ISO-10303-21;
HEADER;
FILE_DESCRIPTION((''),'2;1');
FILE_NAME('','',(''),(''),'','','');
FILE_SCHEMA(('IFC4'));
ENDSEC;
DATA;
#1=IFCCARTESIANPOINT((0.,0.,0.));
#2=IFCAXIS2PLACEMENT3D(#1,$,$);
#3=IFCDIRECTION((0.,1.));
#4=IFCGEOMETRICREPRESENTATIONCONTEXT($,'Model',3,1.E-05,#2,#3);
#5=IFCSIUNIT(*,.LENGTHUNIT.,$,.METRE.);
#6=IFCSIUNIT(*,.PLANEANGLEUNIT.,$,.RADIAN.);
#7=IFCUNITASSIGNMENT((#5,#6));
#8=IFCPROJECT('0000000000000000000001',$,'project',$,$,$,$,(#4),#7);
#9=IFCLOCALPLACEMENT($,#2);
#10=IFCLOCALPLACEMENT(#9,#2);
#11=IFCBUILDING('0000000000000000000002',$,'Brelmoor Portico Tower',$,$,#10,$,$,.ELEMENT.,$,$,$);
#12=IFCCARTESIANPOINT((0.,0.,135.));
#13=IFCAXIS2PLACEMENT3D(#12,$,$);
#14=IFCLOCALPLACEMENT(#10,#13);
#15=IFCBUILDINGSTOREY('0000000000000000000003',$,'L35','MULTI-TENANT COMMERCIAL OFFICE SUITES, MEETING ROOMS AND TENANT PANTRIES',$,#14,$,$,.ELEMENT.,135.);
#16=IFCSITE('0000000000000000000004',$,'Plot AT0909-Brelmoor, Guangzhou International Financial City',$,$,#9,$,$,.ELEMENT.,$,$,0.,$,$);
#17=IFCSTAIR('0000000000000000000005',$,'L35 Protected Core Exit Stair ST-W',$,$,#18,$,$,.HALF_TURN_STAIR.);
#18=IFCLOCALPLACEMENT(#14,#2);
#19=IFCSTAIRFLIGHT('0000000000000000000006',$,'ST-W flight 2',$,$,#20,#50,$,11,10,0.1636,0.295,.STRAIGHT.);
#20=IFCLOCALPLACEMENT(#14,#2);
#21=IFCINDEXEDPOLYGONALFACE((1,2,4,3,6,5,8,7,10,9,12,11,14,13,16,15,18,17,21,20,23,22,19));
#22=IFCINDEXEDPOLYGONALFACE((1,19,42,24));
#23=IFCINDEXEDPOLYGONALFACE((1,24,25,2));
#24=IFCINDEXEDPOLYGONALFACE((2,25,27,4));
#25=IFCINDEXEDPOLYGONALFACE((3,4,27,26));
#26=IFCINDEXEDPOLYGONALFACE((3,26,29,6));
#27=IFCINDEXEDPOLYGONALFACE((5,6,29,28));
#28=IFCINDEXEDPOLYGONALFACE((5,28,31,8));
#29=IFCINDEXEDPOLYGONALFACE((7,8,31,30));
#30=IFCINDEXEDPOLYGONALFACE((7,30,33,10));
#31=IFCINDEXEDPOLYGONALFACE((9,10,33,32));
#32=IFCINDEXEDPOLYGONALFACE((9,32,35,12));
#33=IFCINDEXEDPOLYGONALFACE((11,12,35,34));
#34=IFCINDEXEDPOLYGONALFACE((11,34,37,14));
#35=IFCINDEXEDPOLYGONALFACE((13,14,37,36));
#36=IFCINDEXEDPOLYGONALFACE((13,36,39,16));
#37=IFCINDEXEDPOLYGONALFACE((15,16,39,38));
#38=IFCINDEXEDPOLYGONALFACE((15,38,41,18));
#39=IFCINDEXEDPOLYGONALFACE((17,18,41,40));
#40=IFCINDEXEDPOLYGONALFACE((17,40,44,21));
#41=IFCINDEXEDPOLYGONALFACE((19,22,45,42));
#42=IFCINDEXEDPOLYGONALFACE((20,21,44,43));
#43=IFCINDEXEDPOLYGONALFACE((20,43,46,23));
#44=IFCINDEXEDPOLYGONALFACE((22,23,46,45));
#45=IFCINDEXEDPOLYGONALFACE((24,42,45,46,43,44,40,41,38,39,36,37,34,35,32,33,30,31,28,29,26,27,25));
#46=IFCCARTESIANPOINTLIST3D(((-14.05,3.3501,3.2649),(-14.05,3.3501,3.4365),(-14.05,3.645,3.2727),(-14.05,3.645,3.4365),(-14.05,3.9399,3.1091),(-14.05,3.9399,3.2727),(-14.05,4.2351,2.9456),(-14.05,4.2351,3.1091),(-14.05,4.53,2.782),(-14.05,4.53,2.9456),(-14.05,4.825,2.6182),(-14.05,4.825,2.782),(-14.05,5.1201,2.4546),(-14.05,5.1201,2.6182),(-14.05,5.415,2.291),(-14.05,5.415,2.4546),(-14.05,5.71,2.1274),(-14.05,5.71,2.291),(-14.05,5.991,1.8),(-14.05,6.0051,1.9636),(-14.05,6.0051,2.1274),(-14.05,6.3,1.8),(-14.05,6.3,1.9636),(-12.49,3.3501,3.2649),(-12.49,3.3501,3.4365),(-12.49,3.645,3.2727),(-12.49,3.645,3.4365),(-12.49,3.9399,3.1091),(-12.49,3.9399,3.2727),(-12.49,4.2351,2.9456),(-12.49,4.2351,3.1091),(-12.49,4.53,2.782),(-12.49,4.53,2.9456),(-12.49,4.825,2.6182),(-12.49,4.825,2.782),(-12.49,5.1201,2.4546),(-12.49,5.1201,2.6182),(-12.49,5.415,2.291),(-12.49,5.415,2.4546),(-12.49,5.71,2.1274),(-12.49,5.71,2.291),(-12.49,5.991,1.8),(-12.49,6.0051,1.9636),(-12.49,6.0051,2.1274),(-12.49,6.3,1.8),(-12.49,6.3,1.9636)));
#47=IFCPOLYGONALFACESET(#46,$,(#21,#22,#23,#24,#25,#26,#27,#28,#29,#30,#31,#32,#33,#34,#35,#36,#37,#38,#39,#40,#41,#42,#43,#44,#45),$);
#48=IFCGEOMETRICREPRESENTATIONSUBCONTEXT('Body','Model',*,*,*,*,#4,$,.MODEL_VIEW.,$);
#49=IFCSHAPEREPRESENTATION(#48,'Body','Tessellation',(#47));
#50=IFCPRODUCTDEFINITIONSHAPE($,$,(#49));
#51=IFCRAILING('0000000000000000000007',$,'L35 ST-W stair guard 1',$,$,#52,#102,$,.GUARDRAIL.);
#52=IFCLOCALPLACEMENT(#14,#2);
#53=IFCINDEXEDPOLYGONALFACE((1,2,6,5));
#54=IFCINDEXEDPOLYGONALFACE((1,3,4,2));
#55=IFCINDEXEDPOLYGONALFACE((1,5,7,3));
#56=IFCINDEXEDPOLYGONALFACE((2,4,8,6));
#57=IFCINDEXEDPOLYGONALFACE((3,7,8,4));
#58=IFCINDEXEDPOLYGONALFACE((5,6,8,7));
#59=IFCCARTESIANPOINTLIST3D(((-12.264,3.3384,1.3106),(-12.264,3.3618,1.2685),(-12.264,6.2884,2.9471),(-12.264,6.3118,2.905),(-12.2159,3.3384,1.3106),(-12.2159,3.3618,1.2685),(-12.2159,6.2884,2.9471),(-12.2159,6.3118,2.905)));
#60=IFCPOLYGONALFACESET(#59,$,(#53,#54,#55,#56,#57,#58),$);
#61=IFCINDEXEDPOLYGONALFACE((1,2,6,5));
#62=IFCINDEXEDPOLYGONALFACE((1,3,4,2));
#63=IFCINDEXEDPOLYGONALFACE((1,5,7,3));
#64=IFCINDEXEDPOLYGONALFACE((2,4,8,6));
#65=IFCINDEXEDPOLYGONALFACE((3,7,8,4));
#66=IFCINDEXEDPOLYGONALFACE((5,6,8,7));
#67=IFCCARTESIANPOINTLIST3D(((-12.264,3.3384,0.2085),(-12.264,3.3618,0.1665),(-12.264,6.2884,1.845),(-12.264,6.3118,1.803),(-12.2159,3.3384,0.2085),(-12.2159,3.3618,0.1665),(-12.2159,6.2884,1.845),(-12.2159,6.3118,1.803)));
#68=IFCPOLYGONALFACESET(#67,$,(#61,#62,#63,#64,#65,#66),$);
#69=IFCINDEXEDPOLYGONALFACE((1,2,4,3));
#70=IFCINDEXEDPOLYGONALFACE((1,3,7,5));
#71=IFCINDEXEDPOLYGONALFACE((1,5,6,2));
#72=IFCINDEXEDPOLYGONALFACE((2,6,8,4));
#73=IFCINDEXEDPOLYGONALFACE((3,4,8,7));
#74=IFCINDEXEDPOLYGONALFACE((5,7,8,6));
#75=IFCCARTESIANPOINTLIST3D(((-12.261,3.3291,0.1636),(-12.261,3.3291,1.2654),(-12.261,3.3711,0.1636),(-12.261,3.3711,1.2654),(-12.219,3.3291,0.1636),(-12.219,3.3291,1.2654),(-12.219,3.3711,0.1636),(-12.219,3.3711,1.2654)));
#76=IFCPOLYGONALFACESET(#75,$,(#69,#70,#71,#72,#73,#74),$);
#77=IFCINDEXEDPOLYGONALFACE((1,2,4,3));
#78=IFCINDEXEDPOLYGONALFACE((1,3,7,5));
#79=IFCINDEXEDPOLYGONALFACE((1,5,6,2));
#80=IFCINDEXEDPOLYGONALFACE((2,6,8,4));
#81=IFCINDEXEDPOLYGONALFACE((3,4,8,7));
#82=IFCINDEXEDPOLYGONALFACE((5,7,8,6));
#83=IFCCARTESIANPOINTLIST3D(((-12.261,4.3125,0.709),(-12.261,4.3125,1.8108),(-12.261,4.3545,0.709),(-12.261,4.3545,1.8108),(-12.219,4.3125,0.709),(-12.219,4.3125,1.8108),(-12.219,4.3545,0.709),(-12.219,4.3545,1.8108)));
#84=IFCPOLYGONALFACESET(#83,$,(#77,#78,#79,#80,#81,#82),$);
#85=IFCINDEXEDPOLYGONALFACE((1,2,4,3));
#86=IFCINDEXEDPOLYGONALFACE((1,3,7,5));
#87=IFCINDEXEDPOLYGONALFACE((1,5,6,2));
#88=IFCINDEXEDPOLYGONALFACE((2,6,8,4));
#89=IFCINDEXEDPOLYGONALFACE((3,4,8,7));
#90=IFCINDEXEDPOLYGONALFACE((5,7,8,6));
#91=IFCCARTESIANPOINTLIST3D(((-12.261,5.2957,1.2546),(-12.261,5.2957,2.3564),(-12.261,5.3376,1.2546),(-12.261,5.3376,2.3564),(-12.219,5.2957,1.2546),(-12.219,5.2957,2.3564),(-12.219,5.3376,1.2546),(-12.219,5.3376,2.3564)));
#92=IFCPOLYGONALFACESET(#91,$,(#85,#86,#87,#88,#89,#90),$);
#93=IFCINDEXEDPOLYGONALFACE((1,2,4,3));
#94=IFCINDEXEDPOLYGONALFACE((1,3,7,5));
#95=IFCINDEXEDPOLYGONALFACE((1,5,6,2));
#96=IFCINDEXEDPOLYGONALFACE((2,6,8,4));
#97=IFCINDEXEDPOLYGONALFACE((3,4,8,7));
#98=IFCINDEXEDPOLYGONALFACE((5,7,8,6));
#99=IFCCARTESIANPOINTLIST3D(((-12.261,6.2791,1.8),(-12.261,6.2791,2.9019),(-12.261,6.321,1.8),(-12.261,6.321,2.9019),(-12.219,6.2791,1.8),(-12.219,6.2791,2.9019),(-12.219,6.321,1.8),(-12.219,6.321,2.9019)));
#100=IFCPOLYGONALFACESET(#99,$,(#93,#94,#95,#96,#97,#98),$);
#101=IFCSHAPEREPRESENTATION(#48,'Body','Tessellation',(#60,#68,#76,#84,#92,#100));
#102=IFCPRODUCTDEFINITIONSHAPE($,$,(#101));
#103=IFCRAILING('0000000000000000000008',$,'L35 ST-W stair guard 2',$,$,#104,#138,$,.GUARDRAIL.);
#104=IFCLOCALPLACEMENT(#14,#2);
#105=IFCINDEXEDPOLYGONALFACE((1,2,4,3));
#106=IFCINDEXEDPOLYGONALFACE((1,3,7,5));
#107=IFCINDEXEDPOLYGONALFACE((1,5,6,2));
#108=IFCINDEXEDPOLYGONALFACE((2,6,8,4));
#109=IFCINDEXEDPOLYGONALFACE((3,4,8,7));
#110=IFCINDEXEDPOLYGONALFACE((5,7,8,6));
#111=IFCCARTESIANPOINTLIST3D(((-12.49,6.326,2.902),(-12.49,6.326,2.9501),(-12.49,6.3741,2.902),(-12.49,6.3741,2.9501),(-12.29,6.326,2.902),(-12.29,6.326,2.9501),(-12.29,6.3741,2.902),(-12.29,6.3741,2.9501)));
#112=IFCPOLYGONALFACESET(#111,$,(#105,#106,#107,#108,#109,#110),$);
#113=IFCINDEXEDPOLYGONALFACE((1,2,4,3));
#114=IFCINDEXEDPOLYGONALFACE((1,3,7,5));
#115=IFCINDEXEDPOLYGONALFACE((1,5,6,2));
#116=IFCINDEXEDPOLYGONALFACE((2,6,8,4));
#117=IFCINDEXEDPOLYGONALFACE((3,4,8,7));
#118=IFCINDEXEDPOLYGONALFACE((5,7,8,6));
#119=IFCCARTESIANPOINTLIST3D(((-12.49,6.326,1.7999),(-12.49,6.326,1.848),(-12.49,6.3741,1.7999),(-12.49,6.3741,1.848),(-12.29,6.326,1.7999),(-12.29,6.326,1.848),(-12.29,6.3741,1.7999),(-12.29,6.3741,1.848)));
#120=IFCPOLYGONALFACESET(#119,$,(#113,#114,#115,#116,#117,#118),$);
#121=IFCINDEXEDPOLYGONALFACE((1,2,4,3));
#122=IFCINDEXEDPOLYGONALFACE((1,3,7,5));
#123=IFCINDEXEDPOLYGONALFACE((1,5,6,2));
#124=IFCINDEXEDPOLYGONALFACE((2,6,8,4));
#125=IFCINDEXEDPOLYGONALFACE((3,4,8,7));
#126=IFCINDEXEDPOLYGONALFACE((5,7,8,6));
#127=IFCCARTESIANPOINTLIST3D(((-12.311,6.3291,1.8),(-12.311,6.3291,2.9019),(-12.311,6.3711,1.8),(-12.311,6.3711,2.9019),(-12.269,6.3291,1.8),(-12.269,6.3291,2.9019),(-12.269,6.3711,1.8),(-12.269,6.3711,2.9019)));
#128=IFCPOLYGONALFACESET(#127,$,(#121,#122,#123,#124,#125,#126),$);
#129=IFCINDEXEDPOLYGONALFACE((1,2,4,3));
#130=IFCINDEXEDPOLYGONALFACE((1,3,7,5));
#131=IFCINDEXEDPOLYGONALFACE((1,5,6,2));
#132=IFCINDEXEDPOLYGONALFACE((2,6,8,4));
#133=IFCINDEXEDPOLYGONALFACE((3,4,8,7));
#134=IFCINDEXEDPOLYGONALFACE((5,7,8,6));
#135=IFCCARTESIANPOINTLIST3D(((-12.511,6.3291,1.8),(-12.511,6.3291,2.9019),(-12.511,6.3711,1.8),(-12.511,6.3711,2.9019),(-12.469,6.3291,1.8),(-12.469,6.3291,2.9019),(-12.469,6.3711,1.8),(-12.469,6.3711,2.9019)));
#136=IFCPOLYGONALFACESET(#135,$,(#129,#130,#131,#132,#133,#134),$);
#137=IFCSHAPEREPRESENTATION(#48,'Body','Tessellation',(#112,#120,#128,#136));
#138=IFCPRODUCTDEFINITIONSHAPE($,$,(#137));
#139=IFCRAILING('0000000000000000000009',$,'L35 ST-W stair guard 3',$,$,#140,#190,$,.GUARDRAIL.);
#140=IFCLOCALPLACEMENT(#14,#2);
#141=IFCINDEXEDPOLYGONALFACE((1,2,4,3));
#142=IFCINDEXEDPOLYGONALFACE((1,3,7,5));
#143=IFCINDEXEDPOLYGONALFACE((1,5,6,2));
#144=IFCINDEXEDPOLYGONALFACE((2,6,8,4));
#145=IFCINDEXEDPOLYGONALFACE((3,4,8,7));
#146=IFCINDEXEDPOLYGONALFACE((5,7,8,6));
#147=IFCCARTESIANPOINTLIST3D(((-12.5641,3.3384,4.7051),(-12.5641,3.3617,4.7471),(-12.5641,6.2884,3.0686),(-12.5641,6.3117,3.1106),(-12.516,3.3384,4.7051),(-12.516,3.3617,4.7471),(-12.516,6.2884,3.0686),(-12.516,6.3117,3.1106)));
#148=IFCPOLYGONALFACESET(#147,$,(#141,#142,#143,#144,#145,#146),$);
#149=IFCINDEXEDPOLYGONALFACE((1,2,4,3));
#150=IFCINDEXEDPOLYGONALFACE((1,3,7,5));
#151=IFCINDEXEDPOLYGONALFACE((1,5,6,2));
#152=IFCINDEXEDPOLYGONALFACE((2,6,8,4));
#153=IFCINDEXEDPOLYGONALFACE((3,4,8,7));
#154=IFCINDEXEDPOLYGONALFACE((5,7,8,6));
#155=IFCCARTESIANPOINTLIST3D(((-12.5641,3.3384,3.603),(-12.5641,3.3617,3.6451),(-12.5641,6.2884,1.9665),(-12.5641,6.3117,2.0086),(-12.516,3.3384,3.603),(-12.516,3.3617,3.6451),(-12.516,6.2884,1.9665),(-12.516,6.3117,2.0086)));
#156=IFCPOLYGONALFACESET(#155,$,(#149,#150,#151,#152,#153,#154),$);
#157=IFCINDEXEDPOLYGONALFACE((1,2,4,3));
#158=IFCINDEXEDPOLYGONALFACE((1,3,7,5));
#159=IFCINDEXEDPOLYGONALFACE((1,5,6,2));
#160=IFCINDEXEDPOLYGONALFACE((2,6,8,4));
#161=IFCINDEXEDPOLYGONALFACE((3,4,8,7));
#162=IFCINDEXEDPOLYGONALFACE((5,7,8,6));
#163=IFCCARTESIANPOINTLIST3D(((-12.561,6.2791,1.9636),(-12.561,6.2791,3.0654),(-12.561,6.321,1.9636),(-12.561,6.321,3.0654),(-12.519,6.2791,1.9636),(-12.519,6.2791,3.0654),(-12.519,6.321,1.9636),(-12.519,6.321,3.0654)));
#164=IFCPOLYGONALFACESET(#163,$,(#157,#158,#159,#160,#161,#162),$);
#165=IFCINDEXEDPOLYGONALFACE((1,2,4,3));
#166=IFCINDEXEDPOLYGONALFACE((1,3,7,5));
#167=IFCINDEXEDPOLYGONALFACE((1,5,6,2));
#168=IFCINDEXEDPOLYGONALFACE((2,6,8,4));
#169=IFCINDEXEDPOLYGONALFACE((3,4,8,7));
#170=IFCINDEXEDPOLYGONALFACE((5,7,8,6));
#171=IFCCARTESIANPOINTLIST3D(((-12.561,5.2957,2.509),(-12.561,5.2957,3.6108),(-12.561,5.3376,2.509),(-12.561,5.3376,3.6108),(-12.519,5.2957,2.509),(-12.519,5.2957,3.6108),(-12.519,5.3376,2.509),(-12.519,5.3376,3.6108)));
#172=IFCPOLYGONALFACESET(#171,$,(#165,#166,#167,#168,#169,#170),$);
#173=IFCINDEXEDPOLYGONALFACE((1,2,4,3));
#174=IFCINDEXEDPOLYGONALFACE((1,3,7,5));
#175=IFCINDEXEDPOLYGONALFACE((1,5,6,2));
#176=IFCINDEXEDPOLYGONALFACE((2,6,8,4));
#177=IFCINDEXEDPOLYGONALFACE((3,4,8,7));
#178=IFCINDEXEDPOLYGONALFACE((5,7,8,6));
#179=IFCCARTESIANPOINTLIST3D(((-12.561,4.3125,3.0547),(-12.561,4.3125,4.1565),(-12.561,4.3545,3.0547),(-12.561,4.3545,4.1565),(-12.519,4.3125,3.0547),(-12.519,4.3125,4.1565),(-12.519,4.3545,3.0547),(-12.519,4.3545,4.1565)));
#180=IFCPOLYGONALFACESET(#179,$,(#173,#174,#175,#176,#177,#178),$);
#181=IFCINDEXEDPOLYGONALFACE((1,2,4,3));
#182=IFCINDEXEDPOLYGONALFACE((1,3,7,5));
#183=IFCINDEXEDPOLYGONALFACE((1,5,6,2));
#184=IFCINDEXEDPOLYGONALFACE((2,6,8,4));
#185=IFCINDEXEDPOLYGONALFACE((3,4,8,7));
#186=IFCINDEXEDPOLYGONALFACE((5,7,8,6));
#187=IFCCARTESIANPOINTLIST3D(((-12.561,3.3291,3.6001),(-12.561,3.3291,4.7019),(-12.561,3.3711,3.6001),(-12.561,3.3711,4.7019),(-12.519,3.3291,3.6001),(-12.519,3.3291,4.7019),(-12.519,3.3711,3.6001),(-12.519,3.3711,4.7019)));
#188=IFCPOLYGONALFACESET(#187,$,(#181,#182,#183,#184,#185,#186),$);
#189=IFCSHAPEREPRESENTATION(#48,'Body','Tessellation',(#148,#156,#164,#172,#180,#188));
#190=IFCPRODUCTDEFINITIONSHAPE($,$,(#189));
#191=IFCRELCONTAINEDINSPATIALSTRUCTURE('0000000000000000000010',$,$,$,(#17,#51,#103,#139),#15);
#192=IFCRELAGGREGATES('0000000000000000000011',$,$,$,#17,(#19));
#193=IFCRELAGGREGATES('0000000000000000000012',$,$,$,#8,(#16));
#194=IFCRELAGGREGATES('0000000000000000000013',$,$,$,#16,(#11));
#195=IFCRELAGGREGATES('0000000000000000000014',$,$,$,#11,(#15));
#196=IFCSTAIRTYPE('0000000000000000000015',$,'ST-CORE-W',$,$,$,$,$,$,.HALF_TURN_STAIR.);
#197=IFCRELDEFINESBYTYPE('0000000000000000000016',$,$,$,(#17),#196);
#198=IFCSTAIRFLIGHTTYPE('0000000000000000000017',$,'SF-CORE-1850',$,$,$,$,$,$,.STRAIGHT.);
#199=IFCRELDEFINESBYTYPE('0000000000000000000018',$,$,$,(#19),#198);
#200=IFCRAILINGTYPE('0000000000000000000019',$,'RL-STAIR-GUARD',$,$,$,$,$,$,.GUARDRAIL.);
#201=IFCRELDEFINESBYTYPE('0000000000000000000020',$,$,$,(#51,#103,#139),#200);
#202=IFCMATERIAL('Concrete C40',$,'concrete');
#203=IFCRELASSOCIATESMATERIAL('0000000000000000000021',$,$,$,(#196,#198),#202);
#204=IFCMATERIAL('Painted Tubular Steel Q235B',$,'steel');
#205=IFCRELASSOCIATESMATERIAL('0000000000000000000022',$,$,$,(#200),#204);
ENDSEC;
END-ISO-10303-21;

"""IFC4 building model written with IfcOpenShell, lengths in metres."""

from ifc_helpers import new_model, si_unit, direction, frame, origin, origin_2d, place, context, subcontext, project, spatial, polyline, rectangle, outline, extrude, material, type_object, element, aggregate, save


model = new_model("IFC4")

# Units and contexts
model_context = context("Model", 3, precision=1e-05, world=origin(), true_north=direction((0.0, 1.0)))
body_context = subcontext(model_context, "Body", "Model", "MODEL_VIEW")
ifc_project = project(units=[si_unit("LENGTHUNIT", "METRE"), si_unit("PLANEANGLEUNIT", "RADIAN")], contexts=[model_context])

# Site, building, storey
site_placement = place(None, origin())
site = spatial("IfcSite", under=ifc_project, at=site_placement, Name="Plot AT0909-Brelmoor, Guangzhou International Financial City", CompositionType="ELEMENT", RefElevation=0.0)
building_placement = place(site_placement, origin())
building = spatial("IfcBuilding", under=site, at=building_placement, Name="Brelmoor Portico Tower", CompositionType="ELEMENT")
storey_placement = place(building_placement, frame((0.0, 0.0, 135.0)))
storey = spatial("IfcBuildingStorey", under=building, at=storey_placement, Name="L35", Description="MULTI-TENANT COMMERCIAL OFFICE SUITES, MEETING ROOMS AND TENANT PANTRIES", CompositionType="ELEMENT", Elevation=135.0)

# Shared definitions
ifc_material_1 = material(Name="Concrete C40", Category="concrete")

# Stair
stair_type = type_object("IfcStairType", Name="ST-CORE-W", PredefinedType="HALF_TURN_STAIR", material=ifc_material_1)
stair_placement = place(storey_placement, origin())
stair = element("IfcStair", 1, at=stair_placement, inside=storey, type_object=stair_type, Name="L35 Protected Core Exit Stair ST-W", PredefinedType="HALF_TURN_STAIR")

# Stair flight
stair_flight_type = type_object("IfcStairFlightType", Name="SF-CORE-1850", PredefinedType="STRAIGHT", material=ifc_material_1)
stair_flight_1_placement = place(storey_placement, frame((-13.27, 6.3, 1.8), z_axis=(0.0, 0.0, 1.0), x_axis=(0.0, -1.0, 0.0)))
stair_flight_1 = element("IfcStairFlight", 2, at=stair_flight_1_placement, type_object=stair_flight_type, Name="ST-W flight 2", NumberOfRisers=11, NumberOfTreads=10, PredefinedType="STRAIGHT", RiserHeight=0.1636, TreadLength=0.295, context=body_context, shape_type="SweptSolid", body=[
    extrude(outline(polyline([(0.0, 0.0), (0.0, 0.1636), (0.2949, 0.1636), (0.2949, 0.3274), (0.5901, 0.3274), (0.5901, 0.491), (0.885, 0.491), (0.885, 0.6545), (1.1799, 0.6545), (1.1799, 0.8181), (1.4751, 0.8181), (1.4751, 0.9819), (1.77, 0.9819), (1.77, 1.1455), (2.0649, 1.1455), (2.0649, 1.3091), (2.3601, 1.3091), (2.3601, 1.4727), (2.655, 1.4727), (2.655, 1.6365), (2.95, 1.6365), (2.95, 1.8), (2.95, 1.4648), (0.3091, 0.0), (0.0, 0.0)])), frame((0.0, 0.78, 0.0), z_axis=(0.0, -1.0, 0.0), x_axis=(1.0, 0.0, 0.0)), (0.0, 0.0, 1.0), 1.5601),
])
aggregate(stair, [stair_flight_1])

# Railings
ifc_material_2 = material(Name="Painted Tubular Steel Q235B", Category="steel")
railing_type_1 = type_object("IfcRailingType", Name="RL-STAIR-GUARD", PredefinedType="GUARDRAIL", material=ifc_material_2)
railing_1_placement = place(storey_placement, frame((-12.24, 3.3501, 0.1636)))
element("IfcRailing", 3, at=railing_1_placement, inside=storey, type_object=railing_type_1, Name="L35 ST-W stair guard 1", PredefinedType="GUARDRAIL", context=body_context, shape_type="SweptSolid", body=[
    extrude(rectangle(XDim=0.0481, YDim=0.0481, at=origin_2d()), frame((0.0, 0.0, 1.126), z_axis=(0.0, 0.874458, 0.485102), x_axis=(-1.0, 0.0, 0.0)), (0.0, 0.0, 1.0), 3.3735),
    extrude(rectangle(XDim=0.0481, YDim=0.0481, at=origin_2d()), frame((0.0, 0.0, 0.0239), z_axis=(0.0, 0.874458, 0.485102), x_axis=(-1.0, 0.0, 0.0)), (0.0, 0.0, 1.0), 3.3735),
    extrude(rectangle(XDim=0.042, YDim=0.042, at=origin_2d()), origin(), (0.0, 0.0, 1.0), 1.1018),
    extrude(rectangle(XDim=0.042, YDim=0.042, at=origin_2d()), frame((0.0, 0.9834, 0.5454)), (0.0, 0.0, 1.0), 1.1018),
    extrude(rectangle(XDim=0.042, YDim=0.042, at=origin_2d()), frame((0.0, 1.9666, 1.0911)), (0.0, 0.0, 1.0), 1.1018),
    extrude(rectangle(XDim=0.042, YDim=0.042, at=origin_2d()), frame((0.0, 2.95, 1.6365)), (0.0, 0.0, 1.0), 1.1018),
])
railing_2_placement = place(storey_placement, frame((-12.29, 6.3501, 1.8)))
element("IfcRailing", 4, at=railing_2_placement, inside=storey, type_object=railing_type_1, Name="L35 ST-W stair guard 2", PredefinedType="GUARDRAIL", context=body_context, shape_type="SweptSolid", body=[
    extrude(rectangle(XDim=0.0481, YDim=0.0481, at=origin_2d()), frame((0.0, 0.0, 1.126), z_axis=(-1.0, 0.0, 0.0), x_axis=(0.0, -1.0, 0.0)), (0.0, 0.0, 1.0), 0.2),
    extrude(rectangle(XDim=0.0481, YDim=0.0481, at=origin_2d()), frame((0.0, 0.0, 0.0239), z_axis=(-1.0, 0.0, 0.0), x_axis=(0.0, -1.0, 0.0)), (0.0, 0.0, 1.0), 0.2),
    extrude(rectangle(XDim=0.042, YDim=0.042, at=origin_2d()), origin(), (0.0, 0.0, 1.0), 1.1018),
    extrude(rectangle(XDim=0.042, YDim=0.042, at=origin_2d()), frame((-0.2, 0.0, 0.0)), (0.0, 0.0, 1.0), 1.1018),
])
railing_3_placement = place(storey_placement, frame((-12.54, 6.3, 1.9636)))
element("IfcRailing", 5, at=railing_3_placement, inside=storey, type_object=railing_type_1, Name="L35 ST-W stair guard 3", PredefinedType="GUARDRAIL", context=body_context, shape_type="SweptSolid", body=[
    extrude(rectangle(XDim=0.0481, YDim=0.0481, at=origin_2d()), frame((0.0, 0.0, 1.126), z_axis=(0.0, -0.874458, 0.485102), x_axis=(1.0, 0.0, 0.0)), (0.0, 0.0, 1.0), 3.3735),
    extrude(rectangle(XDim=0.0481, YDim=0.0481, at=origin_2d()), frame((0.0, 0.0, 0.0239), z_axis=(0.0, -0.874458, 0.485102), x_axis=(1.0, 0.0, 0.0)), (0.0, 0.0, 1.0), 3.3735),
    extrude(rectangle(XDim=0.042, YDim=0.042, at=origin_2d()), origin(), (0.0, 0.0, 1.0), 1.1018),
    extrude(rectangle(XDim=0.042, YDim=0.042, at=origin_2d()), frame((0.0, -0.9834, 0.5454)), (0.0, 0.0, 1.0), 1.1018),
    extrude(rectangle(XDim=0.042, YDim=0.042, at=origin_2d()), frame((0.0, -1.9666, 1.0911)), (0.0, 0.0, 1.0), 1.1018),
    extrude(rectangle(XDim=0.042, YDim=0.042, at=origin_2d()), frame((0.0, -2.95, 1.6365)), (0.0, 0.0, 1.0), 1.1018),
])

save(model, "model.ifc")
